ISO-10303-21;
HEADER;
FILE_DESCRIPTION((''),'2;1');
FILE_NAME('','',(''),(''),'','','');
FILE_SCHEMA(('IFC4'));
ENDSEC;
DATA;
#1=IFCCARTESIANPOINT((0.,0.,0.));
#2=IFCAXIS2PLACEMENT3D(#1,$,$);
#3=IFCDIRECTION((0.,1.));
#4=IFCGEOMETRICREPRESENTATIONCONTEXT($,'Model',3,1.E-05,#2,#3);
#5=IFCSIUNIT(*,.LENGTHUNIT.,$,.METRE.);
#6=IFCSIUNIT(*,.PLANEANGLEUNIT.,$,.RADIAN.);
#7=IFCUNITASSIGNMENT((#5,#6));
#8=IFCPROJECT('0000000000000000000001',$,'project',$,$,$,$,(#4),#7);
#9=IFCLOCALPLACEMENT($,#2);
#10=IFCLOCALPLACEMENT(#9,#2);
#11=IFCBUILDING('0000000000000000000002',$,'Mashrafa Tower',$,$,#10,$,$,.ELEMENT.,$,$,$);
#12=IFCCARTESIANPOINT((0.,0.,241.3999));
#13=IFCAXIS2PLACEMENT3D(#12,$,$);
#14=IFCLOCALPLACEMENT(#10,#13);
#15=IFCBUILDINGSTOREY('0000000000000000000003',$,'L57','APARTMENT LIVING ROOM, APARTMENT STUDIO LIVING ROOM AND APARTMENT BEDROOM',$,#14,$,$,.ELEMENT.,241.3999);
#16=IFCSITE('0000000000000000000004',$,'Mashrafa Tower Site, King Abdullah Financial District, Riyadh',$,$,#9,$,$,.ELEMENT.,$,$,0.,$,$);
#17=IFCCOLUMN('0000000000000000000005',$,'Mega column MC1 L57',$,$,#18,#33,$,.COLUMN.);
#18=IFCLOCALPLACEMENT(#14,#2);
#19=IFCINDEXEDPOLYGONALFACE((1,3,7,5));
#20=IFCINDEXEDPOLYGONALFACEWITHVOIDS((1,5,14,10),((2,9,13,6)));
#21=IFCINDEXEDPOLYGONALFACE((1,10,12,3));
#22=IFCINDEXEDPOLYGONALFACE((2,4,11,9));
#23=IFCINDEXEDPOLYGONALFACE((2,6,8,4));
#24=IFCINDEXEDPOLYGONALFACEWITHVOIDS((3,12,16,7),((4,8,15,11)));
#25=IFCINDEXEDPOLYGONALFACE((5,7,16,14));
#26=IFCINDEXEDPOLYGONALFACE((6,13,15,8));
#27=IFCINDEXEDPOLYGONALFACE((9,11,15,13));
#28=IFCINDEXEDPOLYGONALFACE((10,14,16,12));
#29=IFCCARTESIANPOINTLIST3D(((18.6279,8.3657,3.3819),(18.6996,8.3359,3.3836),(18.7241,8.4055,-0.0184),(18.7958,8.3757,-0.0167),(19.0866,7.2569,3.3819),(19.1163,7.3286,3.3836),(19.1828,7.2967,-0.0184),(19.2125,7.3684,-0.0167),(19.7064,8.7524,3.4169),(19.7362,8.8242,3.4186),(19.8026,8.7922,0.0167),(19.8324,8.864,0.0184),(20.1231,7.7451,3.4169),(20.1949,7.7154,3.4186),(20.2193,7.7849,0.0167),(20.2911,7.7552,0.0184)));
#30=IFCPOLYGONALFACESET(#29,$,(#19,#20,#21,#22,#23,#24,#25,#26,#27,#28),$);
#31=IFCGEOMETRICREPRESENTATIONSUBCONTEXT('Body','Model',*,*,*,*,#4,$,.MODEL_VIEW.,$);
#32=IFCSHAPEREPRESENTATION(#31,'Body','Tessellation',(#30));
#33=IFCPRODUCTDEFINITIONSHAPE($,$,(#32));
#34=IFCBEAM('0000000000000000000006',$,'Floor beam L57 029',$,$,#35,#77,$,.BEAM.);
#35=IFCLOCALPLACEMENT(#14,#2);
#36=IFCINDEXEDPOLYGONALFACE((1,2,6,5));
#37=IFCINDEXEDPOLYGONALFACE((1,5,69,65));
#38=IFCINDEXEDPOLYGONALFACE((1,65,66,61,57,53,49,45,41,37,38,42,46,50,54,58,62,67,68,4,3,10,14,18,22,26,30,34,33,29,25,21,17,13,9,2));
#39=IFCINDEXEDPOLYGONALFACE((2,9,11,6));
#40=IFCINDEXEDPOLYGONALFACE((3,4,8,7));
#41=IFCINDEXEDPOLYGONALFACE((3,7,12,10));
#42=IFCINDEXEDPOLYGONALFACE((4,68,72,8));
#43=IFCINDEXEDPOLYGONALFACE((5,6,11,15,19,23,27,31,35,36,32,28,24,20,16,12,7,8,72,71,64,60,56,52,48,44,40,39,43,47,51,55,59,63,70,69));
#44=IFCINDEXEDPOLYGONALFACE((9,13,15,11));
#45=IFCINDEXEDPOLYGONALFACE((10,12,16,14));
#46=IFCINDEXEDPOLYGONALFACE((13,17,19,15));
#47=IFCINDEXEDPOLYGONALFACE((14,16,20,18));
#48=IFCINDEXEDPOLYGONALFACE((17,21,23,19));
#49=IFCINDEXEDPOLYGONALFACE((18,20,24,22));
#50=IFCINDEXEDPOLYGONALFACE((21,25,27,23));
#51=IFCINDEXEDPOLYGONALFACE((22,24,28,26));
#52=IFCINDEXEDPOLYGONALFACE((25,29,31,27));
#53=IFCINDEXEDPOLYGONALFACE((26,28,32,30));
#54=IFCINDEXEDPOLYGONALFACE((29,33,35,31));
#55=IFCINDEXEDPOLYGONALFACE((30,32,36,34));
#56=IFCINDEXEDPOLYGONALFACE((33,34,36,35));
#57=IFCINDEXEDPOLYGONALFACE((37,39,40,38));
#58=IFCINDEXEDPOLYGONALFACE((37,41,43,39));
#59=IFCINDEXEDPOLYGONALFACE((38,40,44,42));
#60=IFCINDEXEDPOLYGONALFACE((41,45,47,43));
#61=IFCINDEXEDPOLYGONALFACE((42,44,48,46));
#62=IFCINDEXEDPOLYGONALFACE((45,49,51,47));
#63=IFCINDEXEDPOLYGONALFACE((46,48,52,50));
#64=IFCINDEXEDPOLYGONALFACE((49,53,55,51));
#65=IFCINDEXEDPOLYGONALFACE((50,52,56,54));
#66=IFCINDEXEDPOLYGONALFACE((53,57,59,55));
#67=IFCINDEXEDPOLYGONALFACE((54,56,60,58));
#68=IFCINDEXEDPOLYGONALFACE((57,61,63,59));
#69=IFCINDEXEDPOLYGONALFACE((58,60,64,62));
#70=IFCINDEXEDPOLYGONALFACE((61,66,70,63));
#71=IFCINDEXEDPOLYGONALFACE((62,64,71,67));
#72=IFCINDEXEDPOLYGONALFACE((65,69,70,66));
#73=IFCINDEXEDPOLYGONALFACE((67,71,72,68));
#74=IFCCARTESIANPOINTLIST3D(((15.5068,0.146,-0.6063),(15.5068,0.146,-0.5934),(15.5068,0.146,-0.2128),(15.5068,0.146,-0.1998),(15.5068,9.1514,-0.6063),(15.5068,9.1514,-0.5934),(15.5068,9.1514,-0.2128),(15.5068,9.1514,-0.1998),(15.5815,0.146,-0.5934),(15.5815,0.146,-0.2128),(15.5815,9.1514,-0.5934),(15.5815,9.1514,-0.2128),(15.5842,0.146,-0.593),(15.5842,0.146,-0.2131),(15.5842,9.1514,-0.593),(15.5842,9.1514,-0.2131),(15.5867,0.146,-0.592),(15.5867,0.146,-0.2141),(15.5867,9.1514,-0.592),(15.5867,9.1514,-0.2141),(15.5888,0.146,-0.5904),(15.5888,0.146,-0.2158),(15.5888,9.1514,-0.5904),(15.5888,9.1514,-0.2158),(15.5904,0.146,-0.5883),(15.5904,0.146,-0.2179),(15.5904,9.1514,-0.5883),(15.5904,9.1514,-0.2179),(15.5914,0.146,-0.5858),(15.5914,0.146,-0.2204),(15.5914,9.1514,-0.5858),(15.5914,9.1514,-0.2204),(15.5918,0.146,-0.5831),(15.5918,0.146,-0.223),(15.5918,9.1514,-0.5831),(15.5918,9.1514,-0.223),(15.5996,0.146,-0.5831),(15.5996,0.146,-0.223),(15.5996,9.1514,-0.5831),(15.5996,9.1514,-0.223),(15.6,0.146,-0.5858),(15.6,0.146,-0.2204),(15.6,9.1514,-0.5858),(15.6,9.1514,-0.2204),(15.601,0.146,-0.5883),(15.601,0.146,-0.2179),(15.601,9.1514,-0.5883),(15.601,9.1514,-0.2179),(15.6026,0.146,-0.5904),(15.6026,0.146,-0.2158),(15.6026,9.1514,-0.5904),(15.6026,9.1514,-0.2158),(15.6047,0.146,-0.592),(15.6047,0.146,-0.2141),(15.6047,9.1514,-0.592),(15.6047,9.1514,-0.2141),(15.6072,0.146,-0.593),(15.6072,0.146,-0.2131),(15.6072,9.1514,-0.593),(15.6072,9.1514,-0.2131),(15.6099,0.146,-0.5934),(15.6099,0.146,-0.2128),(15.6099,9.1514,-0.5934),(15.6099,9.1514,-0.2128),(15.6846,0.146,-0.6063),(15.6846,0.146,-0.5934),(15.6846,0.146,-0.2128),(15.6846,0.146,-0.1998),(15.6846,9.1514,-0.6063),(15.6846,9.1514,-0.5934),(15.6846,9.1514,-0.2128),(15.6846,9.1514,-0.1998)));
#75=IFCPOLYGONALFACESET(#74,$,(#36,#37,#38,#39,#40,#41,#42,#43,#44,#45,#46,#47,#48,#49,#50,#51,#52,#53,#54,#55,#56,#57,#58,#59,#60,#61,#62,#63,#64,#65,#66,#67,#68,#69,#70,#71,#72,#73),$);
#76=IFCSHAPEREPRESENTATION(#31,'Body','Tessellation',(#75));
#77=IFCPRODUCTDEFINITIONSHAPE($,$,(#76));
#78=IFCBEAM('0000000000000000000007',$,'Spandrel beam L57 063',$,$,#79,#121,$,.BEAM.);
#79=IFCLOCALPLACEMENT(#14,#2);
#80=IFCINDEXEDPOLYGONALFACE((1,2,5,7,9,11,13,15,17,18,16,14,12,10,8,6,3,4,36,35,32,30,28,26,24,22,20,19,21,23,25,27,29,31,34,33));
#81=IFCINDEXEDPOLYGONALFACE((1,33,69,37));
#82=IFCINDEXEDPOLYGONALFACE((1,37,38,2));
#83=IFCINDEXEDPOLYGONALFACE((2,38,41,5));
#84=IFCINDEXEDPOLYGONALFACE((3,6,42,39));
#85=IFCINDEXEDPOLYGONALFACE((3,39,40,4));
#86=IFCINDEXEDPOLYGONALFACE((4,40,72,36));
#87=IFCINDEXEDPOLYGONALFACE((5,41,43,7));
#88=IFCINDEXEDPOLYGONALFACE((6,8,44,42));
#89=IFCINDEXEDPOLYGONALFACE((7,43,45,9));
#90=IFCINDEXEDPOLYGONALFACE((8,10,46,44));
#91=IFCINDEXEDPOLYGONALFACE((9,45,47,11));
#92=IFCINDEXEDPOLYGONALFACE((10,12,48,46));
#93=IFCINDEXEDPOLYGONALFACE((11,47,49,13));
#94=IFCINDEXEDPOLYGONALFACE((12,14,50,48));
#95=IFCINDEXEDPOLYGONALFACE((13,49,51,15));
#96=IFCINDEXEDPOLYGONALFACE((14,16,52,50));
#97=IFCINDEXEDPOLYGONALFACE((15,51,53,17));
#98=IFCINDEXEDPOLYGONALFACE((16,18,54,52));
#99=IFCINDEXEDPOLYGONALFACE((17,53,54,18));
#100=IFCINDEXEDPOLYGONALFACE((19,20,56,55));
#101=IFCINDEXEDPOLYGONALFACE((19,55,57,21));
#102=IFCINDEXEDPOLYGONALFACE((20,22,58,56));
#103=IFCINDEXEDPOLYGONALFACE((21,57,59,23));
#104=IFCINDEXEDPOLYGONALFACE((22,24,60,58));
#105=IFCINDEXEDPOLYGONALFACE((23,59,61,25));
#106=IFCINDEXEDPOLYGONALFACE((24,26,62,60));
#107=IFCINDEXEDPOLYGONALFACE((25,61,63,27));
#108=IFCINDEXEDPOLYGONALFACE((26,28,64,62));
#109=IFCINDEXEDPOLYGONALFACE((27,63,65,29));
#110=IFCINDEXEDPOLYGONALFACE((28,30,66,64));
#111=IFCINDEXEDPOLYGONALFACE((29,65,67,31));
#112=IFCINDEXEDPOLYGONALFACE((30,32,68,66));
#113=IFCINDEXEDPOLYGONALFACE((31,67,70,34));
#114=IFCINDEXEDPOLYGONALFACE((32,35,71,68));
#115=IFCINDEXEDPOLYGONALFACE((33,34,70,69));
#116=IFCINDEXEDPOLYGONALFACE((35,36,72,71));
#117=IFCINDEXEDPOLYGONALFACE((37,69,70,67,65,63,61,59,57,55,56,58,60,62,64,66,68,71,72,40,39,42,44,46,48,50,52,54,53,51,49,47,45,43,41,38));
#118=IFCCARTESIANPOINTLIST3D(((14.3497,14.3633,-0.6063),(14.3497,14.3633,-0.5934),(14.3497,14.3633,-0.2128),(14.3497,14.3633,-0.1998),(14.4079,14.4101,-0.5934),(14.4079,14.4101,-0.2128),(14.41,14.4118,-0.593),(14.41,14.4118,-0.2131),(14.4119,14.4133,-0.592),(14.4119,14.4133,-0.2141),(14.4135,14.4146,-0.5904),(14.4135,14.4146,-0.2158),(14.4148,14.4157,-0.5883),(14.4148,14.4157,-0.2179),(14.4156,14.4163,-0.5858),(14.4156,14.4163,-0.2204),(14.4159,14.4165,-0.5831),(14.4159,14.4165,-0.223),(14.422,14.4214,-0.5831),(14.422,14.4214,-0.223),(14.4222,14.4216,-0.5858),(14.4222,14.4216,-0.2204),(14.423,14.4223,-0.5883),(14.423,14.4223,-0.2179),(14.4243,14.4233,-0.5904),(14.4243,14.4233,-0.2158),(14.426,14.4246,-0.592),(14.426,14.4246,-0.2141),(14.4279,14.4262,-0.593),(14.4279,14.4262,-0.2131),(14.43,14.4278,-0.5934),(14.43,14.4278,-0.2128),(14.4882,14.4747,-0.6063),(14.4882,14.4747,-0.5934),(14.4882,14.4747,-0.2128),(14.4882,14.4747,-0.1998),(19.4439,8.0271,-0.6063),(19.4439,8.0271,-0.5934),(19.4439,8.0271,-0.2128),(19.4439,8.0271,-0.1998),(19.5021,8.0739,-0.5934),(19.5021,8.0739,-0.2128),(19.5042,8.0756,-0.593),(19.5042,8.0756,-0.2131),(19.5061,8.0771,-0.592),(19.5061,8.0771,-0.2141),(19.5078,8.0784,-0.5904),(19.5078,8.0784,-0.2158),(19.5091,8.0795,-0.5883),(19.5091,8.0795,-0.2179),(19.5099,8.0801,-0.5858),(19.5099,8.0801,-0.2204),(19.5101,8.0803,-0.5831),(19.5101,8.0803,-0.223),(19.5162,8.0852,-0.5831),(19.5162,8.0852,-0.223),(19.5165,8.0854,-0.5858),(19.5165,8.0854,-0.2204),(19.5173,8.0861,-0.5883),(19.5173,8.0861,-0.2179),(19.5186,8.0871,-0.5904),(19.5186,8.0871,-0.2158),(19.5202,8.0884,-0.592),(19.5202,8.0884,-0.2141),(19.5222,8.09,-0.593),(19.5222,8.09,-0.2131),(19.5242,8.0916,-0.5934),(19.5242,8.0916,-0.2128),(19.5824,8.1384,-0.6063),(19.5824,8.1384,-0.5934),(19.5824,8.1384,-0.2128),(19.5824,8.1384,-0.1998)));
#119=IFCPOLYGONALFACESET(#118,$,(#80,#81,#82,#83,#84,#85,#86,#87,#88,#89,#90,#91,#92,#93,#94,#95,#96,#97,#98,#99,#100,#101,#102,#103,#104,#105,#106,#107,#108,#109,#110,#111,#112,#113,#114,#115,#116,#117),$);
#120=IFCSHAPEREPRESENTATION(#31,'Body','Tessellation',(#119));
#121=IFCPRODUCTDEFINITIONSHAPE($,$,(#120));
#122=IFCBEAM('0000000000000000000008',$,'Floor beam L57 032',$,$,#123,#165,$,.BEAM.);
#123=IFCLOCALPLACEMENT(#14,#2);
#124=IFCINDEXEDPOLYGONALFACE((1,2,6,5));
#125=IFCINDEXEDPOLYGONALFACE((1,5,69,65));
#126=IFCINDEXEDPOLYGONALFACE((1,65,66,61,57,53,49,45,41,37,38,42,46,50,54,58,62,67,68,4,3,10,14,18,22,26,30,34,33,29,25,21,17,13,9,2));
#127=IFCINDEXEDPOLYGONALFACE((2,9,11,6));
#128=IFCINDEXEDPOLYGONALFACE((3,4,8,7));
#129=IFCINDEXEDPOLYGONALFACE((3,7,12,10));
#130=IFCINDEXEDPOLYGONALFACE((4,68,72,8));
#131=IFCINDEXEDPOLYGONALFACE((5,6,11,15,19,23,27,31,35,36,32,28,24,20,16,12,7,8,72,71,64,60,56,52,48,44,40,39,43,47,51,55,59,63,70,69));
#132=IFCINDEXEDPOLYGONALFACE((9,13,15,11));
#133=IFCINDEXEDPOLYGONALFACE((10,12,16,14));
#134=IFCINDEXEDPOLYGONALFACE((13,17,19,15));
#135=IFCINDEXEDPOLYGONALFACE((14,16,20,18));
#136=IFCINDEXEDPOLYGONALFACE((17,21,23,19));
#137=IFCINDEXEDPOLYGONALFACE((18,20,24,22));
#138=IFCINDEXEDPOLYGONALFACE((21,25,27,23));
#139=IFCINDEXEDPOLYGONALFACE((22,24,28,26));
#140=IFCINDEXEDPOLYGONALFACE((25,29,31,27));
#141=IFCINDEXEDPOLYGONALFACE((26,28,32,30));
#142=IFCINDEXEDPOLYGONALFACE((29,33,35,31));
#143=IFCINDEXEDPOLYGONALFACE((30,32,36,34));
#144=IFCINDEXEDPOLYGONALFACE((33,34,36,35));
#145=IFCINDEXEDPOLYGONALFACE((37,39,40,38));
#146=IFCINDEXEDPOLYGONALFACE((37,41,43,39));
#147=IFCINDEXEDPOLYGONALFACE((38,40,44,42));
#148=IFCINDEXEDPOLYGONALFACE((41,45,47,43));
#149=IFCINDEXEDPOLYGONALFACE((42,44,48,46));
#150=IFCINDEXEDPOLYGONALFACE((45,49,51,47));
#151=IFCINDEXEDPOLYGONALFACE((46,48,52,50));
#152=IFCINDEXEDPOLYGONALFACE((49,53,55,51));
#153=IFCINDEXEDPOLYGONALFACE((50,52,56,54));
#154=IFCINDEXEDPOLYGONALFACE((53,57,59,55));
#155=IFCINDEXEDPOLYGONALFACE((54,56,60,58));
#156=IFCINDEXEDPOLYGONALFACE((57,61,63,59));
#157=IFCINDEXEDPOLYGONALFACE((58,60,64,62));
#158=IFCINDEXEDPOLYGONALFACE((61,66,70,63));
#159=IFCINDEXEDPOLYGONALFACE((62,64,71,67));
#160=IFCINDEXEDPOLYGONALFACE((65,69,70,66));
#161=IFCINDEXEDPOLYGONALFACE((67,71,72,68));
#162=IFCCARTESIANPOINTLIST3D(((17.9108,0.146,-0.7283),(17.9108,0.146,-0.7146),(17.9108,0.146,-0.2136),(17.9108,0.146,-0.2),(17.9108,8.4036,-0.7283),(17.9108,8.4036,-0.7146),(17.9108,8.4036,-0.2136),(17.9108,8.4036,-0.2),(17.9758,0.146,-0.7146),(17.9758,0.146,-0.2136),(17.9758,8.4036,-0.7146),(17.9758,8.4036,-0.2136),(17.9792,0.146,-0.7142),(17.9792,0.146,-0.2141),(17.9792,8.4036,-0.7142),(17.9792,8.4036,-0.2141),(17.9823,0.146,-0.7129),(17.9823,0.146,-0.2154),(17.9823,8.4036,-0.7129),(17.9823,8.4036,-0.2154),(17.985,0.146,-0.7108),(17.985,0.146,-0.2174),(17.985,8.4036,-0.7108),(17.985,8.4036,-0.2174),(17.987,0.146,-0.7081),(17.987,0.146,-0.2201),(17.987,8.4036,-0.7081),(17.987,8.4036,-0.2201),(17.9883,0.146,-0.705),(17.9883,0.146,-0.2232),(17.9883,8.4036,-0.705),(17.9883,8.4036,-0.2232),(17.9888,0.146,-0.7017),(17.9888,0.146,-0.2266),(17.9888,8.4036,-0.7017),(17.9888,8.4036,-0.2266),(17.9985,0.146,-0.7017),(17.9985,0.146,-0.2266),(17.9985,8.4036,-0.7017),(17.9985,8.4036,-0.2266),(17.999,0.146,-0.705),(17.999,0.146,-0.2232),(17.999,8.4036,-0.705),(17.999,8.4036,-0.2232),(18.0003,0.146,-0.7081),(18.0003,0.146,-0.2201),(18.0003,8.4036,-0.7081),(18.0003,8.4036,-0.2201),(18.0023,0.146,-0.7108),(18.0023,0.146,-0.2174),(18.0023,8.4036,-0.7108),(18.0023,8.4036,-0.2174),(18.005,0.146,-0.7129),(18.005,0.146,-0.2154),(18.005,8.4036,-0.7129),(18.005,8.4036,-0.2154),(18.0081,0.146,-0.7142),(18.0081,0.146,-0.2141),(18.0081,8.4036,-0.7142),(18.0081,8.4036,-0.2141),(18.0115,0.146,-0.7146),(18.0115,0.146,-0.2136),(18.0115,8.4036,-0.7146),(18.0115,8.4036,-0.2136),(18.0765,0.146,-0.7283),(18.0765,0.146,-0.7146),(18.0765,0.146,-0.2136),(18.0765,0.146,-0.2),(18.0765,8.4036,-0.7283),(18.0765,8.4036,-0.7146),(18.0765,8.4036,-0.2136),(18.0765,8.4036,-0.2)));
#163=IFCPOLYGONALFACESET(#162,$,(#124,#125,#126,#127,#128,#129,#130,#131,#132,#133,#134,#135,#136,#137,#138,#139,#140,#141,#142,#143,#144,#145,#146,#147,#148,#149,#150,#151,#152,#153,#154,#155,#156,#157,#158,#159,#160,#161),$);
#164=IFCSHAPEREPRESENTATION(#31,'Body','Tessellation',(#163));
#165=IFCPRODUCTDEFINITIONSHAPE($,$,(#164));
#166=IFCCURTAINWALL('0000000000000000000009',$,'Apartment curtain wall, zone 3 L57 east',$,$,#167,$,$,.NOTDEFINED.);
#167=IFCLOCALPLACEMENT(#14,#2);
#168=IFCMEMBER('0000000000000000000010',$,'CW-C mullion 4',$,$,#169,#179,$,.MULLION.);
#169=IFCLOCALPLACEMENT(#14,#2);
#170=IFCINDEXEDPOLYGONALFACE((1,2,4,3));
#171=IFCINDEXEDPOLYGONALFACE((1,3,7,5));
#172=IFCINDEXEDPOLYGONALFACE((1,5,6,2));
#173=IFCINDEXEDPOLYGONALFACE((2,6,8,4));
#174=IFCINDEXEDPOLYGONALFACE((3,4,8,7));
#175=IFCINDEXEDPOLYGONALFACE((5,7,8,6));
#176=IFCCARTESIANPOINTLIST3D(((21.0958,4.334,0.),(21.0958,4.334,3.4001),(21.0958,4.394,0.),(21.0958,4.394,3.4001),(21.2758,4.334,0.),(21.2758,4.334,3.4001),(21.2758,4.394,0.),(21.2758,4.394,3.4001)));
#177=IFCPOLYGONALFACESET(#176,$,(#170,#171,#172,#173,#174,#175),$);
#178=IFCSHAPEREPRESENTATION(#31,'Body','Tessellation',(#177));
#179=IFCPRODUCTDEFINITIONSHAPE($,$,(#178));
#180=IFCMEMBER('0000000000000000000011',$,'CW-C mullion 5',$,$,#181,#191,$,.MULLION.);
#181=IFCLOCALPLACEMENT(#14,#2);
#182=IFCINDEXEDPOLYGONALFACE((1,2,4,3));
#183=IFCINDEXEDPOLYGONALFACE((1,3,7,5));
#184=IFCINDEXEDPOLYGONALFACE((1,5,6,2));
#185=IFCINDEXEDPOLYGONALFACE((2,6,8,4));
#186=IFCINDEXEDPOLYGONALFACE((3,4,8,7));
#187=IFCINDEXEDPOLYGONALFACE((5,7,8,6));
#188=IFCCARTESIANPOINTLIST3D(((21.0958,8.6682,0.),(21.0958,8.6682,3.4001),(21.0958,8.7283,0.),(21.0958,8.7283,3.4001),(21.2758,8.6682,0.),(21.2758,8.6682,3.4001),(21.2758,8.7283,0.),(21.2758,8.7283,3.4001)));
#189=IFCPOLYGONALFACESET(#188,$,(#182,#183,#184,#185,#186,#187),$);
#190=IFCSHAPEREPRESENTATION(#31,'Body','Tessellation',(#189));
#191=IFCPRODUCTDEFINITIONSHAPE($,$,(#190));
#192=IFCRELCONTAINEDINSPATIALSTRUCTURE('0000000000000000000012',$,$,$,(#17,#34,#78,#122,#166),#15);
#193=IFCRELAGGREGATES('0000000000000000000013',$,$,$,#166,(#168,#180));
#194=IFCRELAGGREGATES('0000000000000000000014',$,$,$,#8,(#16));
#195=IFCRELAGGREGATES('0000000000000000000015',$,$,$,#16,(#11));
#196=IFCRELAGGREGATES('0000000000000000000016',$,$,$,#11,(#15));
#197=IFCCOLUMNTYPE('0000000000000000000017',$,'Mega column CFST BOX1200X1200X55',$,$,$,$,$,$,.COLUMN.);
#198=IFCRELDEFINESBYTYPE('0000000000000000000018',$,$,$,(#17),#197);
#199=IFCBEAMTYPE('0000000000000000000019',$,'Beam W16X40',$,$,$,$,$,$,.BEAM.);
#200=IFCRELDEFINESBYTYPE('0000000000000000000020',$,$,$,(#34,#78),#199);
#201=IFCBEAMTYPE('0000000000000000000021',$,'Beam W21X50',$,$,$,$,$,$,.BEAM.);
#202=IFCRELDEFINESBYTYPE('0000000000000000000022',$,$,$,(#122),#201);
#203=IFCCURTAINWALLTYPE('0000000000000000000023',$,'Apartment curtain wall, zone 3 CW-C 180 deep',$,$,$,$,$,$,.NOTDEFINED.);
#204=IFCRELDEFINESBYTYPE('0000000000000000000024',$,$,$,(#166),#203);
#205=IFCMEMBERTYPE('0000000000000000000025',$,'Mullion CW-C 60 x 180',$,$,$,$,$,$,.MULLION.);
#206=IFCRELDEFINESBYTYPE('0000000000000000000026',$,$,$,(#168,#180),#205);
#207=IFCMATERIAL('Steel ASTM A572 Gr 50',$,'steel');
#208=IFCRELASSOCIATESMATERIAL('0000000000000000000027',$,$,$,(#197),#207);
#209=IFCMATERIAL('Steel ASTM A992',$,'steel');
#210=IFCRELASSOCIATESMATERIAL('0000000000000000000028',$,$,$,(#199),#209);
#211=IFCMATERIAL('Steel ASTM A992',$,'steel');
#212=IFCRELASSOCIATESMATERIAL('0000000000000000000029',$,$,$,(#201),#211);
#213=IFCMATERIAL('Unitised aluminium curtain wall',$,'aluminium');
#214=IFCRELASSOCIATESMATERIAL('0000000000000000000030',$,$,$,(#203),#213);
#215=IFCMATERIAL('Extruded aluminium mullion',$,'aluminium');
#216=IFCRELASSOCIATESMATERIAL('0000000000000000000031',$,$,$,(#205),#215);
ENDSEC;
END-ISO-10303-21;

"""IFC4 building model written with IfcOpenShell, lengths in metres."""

from ifc_helpers import new_model, si_unit, direction, frame, origin, origin_2d, place, context, subcontext, project, spatial, rectangle, hollow_rectangle, i_section, extrude, source, transform, mapped, material, material_profile, profile_set, type_object, type_shapes, element, aggregate, save


model = new_model("IFC4")

# Units and contexts
model_context = context("Model", 3, precision=1e-05, world=origin(), true_north=direction((0.0, 1.0)))
body_context = subcontext(model_context, "Body", "Model", "MODEL_VIEW")
ifc_project = project(units=[si_unit("LENGTHUNIT", "METRE"), si_unit("PLANEANGLEUNIT", "RADIAN")], contexts=[model_context])

# Site, building, storey
site_placement = place(None, origin())
site = spatial("IfcSite", under=ifc_project, at=site_placement, Name="Mashrafa Tower Site, King Abdullah Financial District, Riyadh", CompositionType="ELEMENT", RefElevation=0.0)
building_placement = place(site_placement, origin())
building = spatial("IfcBuilding", under=site, at=building_placement, Name="Mashrafa Tower", CompositionType="ELEMENT")
storey_placement = place(building_placement, frame((0.0, 0.0, 241.3999)))
storey = spatial("IfcBuildingStorey", under=building, at=storey_placement, Name="L57", Description="APARTMENT LIVING ROOM, APARTMENT STUDIO LIVING ROOM AND APARTMENT BEDROOM", CompositionType="ELEMENT", Elevation=241.3999)

# Column
ifc_material_1 = material(Name="Steel ASTM A572 Gr 50", Category="steel")
ifc_material_profile_1 = material_profile(ifc_material_1, hollow_rectangle(XDim=1.2, YDim=1.2, WallThickness=0.0549, at=origin_2d()), Name="BOX1200X1200X55")
ifc_profile_set_1 = profile_set([ifc_material_profile_1], Name="Steel ASTM A572 Gr 50")
column_type = type_object("IfcColumnType", Name="Mega column CFST BOX1200X1200X55", PredefinedType="COLUMN", material=ifc_profile_set_1)
column_placement = place(storey_placement, frame((19.5076, 8.0803, 0.0), z_axis=(-0.028277, -0.011698, 0.999532), x_axis=(0.382283, -0.924045, 0.0)))
element("IfcColumn", 1, at=column_placement, inside=storey, type_object=column_type, Name="Mega column MC1 L57", PredefinedType="COLUMN", context=body_context, shape_type="SweptSolid", body=[
    extrude(hollow_rectangle(XDim=1.2, YDim=1.2, WallThickness=0.0549, at=origin_2d()), origin(), (0.0, 0.0, 1.0), 3.4019),
])

# Beams
ifc_material_2 = material(Name="Steel ASTM A992", Category="steel")
ifc_material_profile_2 = material_profile(ifc_material_2, i_section(OverallWidth=0.1777, OverallDepth=0.4065, WebThickness=0.0078, FlangeThickness=0.0129, FilletRadius=0.0103, at=origin_2d()), Name="W16X40")
ifc_profile_set_2 = profile_set([ifc_material_profile_2], Name="Steel ASTM A992")
beam_type_1 = type_object("IfcBeamType", Name="Beam W16X40", PredefinedType="BEAM", material=ifc_profile_set_2)
beam_1_placement = place(storey_placement, frame((15.5957, 9.1514, -0.4031), z_axis=(0.0, -1.0, 0.0), x_axis=(1.0, 0.0, 0.0)))
element("IfcBeam", 2, at=beam_1_placement, inside=storey, type_object=beam_type_1, Name="Floor beam L57 029", PredefinedType="BEAM", context=body_context, shape_type="SweptSolid", body=[
    extrude(i_section(OverallWidth=0.1777, OverallDepth=0.4065, WebThickness=0.0078, FlangeThickness=0.0129, FilletRadius=0.0103, at=origin_2d()), origin(), (0.0, 0.0, 1.0), 9.0054),
])
beam_2_placement = place(storey_placement, frame((19.5132, 8.0828, -0.4031), z_axis=(-0.62659, 0.779349, 0.0), x_axis=(-0.779349, -0.62659, 0.0)))
element("IfcBeam", 3, at=beam_2_placement, inside=storey, type_object=beam_type_1, Name="Spandrel beam L57 063", PredefinedType="BEAM", context=body_context, shape_type="SweptSolid", body=[
    extrude(i_section(OverallWidth=0.1777, OverallDepth=0.4065, WebThickness=0.0078, FlangeThickness=0.0129, FilletRadius=0.0103, at=origin_2d()), origin(), (0.0, 0.0, 1.0), 8.1301),
])
ifc_material_3 = material(Name="Steel ASTM A992", Category="steel")
ifc_material_profile_3 = material_profile(ifc_material_3, i_section(OverallWidth=0.1658, OverallDepth=0.5283, WebThickness=0.0098, FlangeThickness=0.0137, FilletRadius=0.0129, at=origin_2d()), Name="W21X50")
ifc_profile_set_3 = profile_set([ifc_material_profile_3], Name="Steel ASTM A992")
beam_type_2 = type_object("IfcBeamType", Name="Beam W21X50", PredefinedType="BEAM", material=ifc_profile_set_3)
beam_3_placement = place(storey_placement, frame((17.9937, 8.4036, -0.4641), z_axis=(0.0, -1.0, 0.0), x_axis=(1.0, 0.0, 0.0)))
element("IfcBeam", 4, at=beam_3_placement, inside=storey, type_object=beam_type_2, Name="Floor beam L57 032", PredefinedType="BEAM", context=body_context, shape_type="SweptSolid", body=[
    extrude(i_section(OverallWidth=0.1658, OverallDepth=0.5283, WebThickness=0.0098, FlangeThickness=0.0137, FilletRadius=0.0129, at=origin_2d()), origin(), (0.0, 0.0, 1.0), 8.2576),
])

# Curtain wall, members
ifc_material_4 = material(Name="Unitised aluminium curtain wall", Category="aluminium")
curtain_wall_type = type_object("IfcCurtainWallType", Name="Apartment curtain wall, zone 3 CW-C 180 deep", PredefinedType="NOTDEFINED", material=ifc_material_4)
curtain_wall_1_placement = place(storey_placement, origin())
curtain_wall_1 = element("IfcCurtainWall", 5, at=curtain_wall_1_placement, inside=storey, type_object=curtain_wall_type, Name="Apartment curtain wall, zone 3 L57 east", PredefinedType="NOTDEFINED")
ifc_material_5 = material(Name="Extruded aluminium mullion", Category="aluminium")
ifc_material_profile_4 = material_profile(ifc_material_5, rectangle(XDim=0.1799, YDim=0.0601, at=origin_2d()), Name="Mullion 60x180")
ifc_profile_set_4 = profile_set([ifc_material_profile_4], Name="Extruded aluminium mullion")
member_type_1 = type_object("IfcMemberType", Name="Mullion CW-C 60 x 180", PredefinedType="MULLION", material=ifc_profile_set_4)
shared_shape_1 = source(origin(), body_context, "Body", "SweptSolid", [
    extrude(rectangle(XDim=0.1799, YDim=0.0601, at=origin_2d()), origin(), (0.0, 0.0, 1.0), 3.4001),
])
type_shapes(member_type_1, [shared_shape_1])
member_1_placement = place(storey_placement, frame((21.1858, 4.364, 0.0), z_axis=(0.0, 0.0, 1.0), x_axis=(-1.0, 0.0, 0.0)))
member_1 = element("IfcMember", 6, at=member_1_placement, type_object=member_type_1, Name="CW-C mullion 4", PredefinedType="MULLION", context=body_context, shape_type="MappedRepresentation", body=[
    mapped(shared_shape_1, transform((0.0, 0.0, 0.0))),
])
member_2_placement = place(storey_placement, frame((21.1858, 8.6982, 0.0), z_axis=(0.0, 0.0, 1.0), x_axis=(-1.0, 0.0, 0.0)))
member_2 = element("IfcMember", 7, at=member_2_placement, type_object=member_type_1, Name="CW-C mullion 5", PredefinedType="MULLION", context=body_context, shape_type="MappedRepresentation", body=[
    mapped(shared_shape_1, transform((0.0, 0.0, 0.0))),
])

aggregate(curtain_wall_1, [member_1, member_2])

save(model, "model.ifc")
